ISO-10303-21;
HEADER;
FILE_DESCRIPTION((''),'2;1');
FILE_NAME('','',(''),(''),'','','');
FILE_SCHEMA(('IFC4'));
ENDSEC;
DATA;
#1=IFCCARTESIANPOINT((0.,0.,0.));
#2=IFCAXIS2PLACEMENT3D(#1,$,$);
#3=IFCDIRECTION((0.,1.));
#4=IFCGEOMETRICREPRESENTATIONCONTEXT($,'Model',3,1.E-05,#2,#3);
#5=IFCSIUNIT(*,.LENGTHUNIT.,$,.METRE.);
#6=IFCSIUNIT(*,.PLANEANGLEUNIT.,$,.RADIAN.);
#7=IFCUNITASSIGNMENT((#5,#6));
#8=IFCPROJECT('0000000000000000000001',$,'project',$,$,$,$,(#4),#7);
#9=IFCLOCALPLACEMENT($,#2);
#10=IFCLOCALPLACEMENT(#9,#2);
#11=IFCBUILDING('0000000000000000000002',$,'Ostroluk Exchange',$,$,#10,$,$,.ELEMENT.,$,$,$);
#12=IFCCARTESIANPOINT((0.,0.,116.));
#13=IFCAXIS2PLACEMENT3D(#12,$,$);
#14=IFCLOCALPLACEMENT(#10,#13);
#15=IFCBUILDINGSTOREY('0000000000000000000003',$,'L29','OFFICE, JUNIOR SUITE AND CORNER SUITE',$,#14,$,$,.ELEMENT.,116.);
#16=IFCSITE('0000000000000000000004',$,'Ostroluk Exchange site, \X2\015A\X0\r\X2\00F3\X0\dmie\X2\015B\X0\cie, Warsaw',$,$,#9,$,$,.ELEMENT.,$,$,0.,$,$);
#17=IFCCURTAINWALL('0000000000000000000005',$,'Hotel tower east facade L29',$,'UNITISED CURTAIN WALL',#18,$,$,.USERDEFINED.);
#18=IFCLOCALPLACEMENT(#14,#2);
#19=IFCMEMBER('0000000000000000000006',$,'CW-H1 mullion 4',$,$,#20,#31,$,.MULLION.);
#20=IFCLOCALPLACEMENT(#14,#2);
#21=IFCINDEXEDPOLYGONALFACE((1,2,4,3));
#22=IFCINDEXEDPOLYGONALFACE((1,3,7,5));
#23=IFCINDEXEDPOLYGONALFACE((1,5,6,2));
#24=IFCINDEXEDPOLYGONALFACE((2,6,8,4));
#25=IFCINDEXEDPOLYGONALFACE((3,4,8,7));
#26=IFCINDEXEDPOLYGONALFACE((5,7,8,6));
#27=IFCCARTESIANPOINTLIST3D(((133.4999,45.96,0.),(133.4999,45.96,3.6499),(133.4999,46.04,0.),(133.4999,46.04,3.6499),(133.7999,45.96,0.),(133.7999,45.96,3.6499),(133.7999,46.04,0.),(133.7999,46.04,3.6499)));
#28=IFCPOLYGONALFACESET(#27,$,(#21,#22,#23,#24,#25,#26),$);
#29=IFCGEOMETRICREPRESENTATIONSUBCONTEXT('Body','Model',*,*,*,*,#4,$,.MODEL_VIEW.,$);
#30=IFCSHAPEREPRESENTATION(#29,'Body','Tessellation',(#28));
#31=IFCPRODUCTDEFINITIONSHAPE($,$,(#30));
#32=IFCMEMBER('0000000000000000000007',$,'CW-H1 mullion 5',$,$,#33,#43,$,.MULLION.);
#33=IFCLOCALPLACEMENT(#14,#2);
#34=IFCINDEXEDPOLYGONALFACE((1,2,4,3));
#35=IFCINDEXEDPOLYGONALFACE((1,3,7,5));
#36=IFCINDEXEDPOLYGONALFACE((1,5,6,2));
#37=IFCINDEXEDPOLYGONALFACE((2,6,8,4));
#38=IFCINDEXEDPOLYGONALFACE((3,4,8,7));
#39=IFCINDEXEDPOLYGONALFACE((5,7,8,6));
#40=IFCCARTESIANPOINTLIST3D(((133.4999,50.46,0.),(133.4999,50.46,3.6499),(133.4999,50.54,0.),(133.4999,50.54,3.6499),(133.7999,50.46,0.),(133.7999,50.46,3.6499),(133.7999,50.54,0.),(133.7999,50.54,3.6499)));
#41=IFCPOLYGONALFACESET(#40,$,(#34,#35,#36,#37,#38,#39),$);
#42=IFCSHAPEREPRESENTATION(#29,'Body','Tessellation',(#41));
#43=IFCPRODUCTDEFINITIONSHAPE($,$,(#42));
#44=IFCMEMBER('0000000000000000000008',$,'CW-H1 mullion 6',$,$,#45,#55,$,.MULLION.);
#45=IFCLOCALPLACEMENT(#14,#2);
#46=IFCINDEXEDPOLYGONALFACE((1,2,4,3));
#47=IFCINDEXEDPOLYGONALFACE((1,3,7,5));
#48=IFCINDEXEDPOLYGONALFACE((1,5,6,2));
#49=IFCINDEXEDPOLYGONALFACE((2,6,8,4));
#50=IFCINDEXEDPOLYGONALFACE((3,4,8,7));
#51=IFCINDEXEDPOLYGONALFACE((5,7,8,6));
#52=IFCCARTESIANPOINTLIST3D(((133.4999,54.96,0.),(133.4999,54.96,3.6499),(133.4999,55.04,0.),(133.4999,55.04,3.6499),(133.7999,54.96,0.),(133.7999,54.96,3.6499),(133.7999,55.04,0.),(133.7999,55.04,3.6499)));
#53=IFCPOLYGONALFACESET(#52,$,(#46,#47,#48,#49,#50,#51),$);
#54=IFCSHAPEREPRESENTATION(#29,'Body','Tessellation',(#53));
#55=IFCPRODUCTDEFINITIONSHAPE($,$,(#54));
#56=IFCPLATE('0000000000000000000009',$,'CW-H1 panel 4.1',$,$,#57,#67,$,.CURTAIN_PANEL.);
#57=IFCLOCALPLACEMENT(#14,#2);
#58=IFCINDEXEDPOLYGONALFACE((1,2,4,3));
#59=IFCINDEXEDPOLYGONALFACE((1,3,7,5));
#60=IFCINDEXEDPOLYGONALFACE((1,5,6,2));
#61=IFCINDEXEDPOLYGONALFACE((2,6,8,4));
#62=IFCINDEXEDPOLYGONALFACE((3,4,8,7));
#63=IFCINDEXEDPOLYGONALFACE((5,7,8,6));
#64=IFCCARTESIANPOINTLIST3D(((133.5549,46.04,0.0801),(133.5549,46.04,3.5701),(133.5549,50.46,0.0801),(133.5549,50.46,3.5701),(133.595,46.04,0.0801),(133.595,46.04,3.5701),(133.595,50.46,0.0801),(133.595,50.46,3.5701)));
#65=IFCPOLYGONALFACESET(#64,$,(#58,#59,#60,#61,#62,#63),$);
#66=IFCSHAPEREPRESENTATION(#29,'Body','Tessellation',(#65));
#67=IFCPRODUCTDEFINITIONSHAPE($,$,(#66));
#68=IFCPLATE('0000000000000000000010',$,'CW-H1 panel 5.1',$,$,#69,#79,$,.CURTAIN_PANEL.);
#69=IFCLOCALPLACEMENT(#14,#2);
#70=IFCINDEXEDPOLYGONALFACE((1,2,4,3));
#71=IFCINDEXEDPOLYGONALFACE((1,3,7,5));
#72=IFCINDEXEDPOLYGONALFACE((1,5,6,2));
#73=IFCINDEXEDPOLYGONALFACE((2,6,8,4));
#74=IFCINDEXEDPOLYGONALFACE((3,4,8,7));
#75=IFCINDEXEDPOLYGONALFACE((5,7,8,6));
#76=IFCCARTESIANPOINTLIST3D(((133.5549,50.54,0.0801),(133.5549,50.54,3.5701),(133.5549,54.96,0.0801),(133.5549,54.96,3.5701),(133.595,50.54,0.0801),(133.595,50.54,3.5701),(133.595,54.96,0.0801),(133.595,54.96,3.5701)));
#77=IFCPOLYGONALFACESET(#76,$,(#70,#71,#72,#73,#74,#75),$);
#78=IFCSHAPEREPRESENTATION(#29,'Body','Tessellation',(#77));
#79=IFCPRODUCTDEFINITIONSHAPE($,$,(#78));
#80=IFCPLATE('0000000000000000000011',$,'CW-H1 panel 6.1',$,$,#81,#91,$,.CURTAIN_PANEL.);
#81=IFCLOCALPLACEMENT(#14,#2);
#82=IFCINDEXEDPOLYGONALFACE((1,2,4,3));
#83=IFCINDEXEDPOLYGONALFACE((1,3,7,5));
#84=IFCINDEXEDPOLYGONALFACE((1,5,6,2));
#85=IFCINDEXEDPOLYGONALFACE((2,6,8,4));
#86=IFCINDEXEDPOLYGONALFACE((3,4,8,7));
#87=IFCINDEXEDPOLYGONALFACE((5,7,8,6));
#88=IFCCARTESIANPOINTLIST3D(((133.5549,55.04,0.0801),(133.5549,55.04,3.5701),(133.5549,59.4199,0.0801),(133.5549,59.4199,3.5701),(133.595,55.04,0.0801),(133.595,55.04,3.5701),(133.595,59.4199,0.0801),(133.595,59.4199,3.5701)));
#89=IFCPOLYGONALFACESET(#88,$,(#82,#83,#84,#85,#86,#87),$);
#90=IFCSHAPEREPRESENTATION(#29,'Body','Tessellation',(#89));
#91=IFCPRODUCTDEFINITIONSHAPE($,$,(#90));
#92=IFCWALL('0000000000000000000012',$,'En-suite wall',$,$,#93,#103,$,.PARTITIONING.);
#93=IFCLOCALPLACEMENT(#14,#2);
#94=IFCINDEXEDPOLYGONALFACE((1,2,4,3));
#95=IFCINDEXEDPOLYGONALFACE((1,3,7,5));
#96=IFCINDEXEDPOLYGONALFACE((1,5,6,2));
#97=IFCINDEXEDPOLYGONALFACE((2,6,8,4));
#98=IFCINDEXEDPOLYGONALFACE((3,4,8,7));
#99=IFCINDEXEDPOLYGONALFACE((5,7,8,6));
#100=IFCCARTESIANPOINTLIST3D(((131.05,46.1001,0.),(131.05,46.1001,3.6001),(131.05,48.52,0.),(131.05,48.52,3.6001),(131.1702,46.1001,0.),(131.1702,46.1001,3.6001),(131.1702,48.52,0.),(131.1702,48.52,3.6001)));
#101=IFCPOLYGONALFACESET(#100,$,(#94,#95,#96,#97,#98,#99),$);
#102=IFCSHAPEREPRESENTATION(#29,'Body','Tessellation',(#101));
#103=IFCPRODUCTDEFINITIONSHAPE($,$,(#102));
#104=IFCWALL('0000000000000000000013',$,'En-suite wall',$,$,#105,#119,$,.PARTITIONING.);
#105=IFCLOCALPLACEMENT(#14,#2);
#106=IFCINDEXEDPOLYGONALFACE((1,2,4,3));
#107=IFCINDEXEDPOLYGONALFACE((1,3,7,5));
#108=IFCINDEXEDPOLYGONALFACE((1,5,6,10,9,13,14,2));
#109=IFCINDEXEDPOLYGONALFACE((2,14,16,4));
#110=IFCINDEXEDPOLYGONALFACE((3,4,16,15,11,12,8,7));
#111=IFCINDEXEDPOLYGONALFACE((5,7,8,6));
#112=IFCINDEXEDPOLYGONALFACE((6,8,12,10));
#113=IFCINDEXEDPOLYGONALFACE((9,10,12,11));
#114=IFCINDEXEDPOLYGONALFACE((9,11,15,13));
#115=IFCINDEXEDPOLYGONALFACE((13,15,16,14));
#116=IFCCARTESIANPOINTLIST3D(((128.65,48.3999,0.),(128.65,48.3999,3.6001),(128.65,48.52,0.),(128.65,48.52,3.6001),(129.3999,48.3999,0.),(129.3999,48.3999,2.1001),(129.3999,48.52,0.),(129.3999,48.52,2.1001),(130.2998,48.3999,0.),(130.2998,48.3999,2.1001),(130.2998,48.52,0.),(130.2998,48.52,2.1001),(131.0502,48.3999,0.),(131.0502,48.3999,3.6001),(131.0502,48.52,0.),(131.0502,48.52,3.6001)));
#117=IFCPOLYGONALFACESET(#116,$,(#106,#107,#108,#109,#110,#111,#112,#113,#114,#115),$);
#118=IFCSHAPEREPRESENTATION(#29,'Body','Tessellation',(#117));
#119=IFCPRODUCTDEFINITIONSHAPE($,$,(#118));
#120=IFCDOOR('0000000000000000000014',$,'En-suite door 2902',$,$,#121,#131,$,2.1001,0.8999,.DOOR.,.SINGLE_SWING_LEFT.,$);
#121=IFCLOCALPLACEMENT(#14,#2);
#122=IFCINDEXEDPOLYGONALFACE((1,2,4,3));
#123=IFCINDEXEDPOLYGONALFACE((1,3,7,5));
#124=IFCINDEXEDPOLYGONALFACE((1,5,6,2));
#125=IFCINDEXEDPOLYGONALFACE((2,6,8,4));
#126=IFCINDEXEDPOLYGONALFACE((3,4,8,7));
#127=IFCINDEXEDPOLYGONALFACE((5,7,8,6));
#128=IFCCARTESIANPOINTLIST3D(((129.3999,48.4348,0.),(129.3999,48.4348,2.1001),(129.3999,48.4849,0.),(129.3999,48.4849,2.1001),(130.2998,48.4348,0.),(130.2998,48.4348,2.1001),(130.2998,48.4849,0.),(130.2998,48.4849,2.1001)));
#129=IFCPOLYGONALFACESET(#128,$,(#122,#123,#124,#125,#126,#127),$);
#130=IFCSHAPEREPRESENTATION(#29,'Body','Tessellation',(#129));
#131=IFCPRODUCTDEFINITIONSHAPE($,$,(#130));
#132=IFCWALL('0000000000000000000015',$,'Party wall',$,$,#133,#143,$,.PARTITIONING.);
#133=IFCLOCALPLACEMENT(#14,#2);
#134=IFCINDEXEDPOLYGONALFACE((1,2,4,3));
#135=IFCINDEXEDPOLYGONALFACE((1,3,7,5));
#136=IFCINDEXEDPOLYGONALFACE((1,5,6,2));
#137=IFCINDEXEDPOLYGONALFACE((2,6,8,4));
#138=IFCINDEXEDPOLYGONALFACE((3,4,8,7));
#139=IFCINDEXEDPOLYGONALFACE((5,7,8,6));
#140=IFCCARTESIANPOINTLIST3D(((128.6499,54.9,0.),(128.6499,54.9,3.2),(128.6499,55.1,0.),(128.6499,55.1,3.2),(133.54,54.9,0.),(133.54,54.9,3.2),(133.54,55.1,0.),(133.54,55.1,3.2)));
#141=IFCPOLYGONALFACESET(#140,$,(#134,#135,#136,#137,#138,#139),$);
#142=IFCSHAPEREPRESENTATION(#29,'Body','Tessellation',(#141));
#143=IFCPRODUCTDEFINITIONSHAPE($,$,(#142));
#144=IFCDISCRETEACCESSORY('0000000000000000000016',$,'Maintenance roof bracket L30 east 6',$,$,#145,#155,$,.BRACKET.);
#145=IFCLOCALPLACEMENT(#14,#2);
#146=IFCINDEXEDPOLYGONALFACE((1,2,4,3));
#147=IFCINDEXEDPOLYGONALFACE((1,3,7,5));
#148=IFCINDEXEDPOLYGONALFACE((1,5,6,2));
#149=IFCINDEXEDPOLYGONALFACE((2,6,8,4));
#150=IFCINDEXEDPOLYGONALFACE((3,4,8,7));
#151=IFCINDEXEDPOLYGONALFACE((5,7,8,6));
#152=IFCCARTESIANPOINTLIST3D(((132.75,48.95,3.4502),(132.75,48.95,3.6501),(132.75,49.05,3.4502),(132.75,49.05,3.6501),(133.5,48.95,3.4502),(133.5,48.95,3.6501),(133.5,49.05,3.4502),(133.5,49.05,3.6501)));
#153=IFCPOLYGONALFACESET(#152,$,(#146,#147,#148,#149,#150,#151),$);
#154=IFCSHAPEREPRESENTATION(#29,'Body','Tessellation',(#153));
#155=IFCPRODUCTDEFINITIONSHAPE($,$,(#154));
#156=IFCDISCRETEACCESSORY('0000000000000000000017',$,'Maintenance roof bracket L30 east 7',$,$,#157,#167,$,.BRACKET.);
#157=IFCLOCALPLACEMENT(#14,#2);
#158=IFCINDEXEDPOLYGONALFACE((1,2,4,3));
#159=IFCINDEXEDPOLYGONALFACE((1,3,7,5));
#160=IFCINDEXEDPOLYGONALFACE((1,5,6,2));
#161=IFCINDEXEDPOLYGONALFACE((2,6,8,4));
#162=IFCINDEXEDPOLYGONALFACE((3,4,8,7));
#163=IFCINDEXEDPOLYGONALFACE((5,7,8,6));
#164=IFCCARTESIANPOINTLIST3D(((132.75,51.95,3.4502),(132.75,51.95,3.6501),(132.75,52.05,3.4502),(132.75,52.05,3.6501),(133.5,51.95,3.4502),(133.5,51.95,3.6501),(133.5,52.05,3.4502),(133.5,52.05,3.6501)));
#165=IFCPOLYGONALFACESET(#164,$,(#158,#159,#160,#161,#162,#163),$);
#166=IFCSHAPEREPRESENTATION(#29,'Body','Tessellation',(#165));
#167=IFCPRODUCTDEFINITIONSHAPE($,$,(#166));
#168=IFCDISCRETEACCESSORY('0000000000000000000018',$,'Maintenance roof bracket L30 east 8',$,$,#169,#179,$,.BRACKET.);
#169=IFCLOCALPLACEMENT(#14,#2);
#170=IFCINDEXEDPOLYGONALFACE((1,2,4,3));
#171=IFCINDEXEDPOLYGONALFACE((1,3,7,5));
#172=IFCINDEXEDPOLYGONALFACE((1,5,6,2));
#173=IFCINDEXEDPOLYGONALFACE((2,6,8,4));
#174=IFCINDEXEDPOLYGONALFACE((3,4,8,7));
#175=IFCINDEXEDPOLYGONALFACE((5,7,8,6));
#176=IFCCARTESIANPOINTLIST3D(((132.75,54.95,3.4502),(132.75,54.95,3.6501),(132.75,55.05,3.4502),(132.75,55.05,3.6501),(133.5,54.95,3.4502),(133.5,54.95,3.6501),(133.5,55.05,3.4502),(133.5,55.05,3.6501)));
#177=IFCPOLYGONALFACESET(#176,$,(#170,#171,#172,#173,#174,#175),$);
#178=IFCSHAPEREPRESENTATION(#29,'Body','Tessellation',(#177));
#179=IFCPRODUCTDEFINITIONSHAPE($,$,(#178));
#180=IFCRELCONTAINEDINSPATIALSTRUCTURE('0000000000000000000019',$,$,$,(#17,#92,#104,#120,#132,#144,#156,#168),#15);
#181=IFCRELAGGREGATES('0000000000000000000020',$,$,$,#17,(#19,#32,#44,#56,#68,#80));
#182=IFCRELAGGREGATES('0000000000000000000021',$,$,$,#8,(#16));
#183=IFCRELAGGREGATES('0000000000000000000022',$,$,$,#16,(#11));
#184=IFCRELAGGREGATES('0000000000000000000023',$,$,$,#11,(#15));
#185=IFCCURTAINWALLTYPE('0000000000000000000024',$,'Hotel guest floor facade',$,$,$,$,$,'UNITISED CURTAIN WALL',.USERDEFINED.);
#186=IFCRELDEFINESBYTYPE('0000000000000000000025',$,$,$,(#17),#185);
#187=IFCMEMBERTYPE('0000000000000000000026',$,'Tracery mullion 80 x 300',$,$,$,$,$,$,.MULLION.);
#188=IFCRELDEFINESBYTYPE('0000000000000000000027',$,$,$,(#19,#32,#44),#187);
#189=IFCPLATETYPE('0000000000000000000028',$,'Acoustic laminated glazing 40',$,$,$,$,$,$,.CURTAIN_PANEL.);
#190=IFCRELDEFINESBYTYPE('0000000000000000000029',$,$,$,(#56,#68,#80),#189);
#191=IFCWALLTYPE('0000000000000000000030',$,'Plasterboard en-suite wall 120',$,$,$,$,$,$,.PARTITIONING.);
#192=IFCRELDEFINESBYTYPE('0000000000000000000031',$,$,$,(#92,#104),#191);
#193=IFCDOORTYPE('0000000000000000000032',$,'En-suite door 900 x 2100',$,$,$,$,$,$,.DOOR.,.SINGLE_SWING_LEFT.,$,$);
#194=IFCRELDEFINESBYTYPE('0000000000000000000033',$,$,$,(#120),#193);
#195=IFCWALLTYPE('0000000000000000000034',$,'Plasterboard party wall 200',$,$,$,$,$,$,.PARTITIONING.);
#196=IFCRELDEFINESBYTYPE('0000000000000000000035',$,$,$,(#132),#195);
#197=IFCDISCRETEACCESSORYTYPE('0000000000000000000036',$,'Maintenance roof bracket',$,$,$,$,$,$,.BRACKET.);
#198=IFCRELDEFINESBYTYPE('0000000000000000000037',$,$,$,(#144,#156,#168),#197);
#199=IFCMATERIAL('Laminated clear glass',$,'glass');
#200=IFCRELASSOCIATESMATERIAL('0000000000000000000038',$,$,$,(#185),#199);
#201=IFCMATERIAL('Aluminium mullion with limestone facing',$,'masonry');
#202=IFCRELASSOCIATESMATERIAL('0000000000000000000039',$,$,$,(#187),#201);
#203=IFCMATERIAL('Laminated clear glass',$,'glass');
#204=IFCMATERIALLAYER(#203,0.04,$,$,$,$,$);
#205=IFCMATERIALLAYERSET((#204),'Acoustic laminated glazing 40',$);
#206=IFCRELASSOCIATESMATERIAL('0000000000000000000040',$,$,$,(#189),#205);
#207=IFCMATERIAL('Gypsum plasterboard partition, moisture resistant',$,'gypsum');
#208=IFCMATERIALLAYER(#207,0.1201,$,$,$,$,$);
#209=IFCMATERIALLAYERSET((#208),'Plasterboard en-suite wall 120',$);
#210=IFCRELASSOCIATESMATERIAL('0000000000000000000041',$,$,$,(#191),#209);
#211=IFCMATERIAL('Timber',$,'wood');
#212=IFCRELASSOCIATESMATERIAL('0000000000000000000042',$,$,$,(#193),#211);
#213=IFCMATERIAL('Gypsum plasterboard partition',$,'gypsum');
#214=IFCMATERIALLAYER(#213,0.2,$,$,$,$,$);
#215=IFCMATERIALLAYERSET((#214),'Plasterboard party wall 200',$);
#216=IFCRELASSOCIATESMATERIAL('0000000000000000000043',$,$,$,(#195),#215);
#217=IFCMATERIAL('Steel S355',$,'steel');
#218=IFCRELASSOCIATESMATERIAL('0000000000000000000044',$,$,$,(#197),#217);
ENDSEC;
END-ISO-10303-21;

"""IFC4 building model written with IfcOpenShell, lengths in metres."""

from ifc_helpers import new_model, si_unit, direction, frame, frame_2d, origin, origin_2d, place, context, subcontext, project, spatial, rectangle, extrude, material, layer, layer_set, material_profile, profile_set, type_object, element, fill, aggregate, save


model = new_model("IFC4")

# Units and contexts
model_context = context("Model", 3, precision=1e-05, world=origin(), true_north=direction((0.0, 1.0)))
body_context = subcontext(model_context, "Body", "Model", "MODEL_VIEW")
ifc_project = project(units=[si_unit("LENGTHUNIT", "METRE"), si_unit("PLANEANGLEUNIT", "RADIAN")], contexts=[model_context])

# Site, building, storey
site_placement = place(None, origin())
site = spatial("IfcSite", under=ifc_project, at=site_placement, Name="Ostroluk Exchange site, Śródmieście, Warsaw", CompositionType="ELEMENT", RefElevation=0.0)
building_placement = place(site_placement, origin())
building = spatial("IfcBuilding", under=site, at=building_placement, Name="Ostroluk Exchange", CompositionType="ELEMENT")
storey_placement = place(building_placement, frame((0.0, 0.0, 116.0)))
storey = spatial("IfcBuildingStorey", under=building, at=storey_placement, Name="L29", Description="OFFICE, JUNIOR SUITE AND CORNER SUITE", CompositionType="ELEMENT", Elevation=116.0)

# Curtain wall, members, plates
ifc_material_1 = material(Name="Laminated clear glass", Category="glass")
curtain_wall_type = type_object("IfcCurtainWallType", Name="Hotel guest floor facade", ElementType="UNITISED CURTAIN WALL", PredefinedType="USERDEFINED", material=ifc_material_1)
curtain_wall_placement = place(storey_placement, origin())
curtain_wall = element("IfcCurtainWall", 1, at=curtain_wall_placement, inside=storey, type_object=curtain_wall_type, Name="Hotel tower east facade L29", ObjectType="UNITISED CURTAIN WALL", PredefinedType="USERDEFINED")
ifc_material_2 = material(Name="Aluminium mullion with limestone facing", Category="masonry")
ifc_material_profile_1 = material_profile(ifc_material_2, rectangle(XDim=0.3, YDim=0.0801, at=origin_2d()), Name="Tracery mullion 80 x 300")
ifc_profile_set_1 = profile_set([ifc_material_profile_1], Name="Aluminium mullion with limestone facing")
member_type_1 = type_object("IfcMemberType", Name="Tracery mullion 80 x 300", PredefinedType="MULLION", material=ifc_profile_set_1)
member_1_placement = place(storey_placement, frame((133.6499, 46.0, 0.0), z_axis=(0.0, 0.0, 1.0), x_axis=(-1.0, 0.0, 0.0)))
member_1 = element("IfcMember", 2, at=member_1_placement, type_object=member_type_1, Name="CW-H1 mullion 4", PredefinedType="MULLION", context=body_context, shape_type="SweptSolid", body=[
    extrude(rectangle(XDim=0.3, YDim=0.0801, at=origin_2d()), origin(), (0.0, 0.0, 1.0), 3.6499),
])
member_2_placement = place(storey_placement, frame((133.6499, 50.5, 0.0), z_axis=(0.0, 0.0, 1.0), x_axis=(-1.0, 0.0, 0.0)))
member_2 = element("IfcMember", 3, at=member_2_placement, type_object=member_type_1, Name="CW-H1 mullion 5", PredefinedType="MULLION", context=body_context, shape_type="SweptSolid", body=[
    extrude(rectangle(XDim=0.3, YDim=0.0801, at=origin_2d()), origin(), (0.0, 0.0, 1.0), 3.6499),
])
member_3_placement = place(storey_placement, frame((133.6499, 55.0, 0.0), z_axis=(0.0, 0.0, 1.0), x_axis=(-1.0, 0.0, 0.0)))
member_3 = element("IfcMember", 4, at=member_3_placement, type_object=member_type_1, Name="CW-H1 mullion 6", PredefinedType="MULLION", context=body_context, shape_type="SweptSolid", body=[
    extrude(rectangle(XDim=0.3, YDim=0.0801, at=origin_2d()), origin(), (0.0, 0.0, 1.0), 3.6499),
])
ifc_material_3 = material(Name="Laminated clear glass", Category="glass")
ifc_layer_1 = layer(ifc_material_3, 0.04)
ifc_layer_set_1 = layer_set([ifc_layer_1], Name="Acoustic laminated glazing 40")
plate_type = type_object("IfcPlateType", Name="Acoustic laminated glazing 40", PredefinedType="CURTAIN_PANEL", material=ifc_layer_set_1)
plate_1_placement = place(storey_placement, frame((133.575, 48.25, 0.0801), z_axis=(0.0, 0.0, 1.0), x_axis=(0.0, 1.0, 0.0)))
plate_1 = element("IfcPlate", 5, at=plate_1_placement, type_object=plate_type, Name="CW-H1 panel 4.1", PredefinedType="CURTAIN_PANEL", context=body_context, shape_type="SweptSolid", body=[
    extrude(rectangle(XDim=4.4199, YDim=0.04, at=origin_2d()), origin(), (0.0, 0.0, 1.0), 3.49),
])
plate_2_placement = place(storey_placement, frame((133.575, 52.75, 0.0801), z_axis=(0.0, 0.0, 1.0), x_axis=(0.0, 1.0, 0.0)))
plate_2 = element("IfcPlate", 6, at=plate_2_placement, type_object=plate_type, Name="CW-H1 panel 5.1", PredefinedType="CURTAIN_PANEL", context=body_context, shape_type="SweptSolid", body=[
    extrude(rectangle(XDim=4.4199, YDim=0.04, at=origin_2d()), origin(), (0.0, 0.0, 1.0), 3.49),
])
plate_3_placement = place(storey_placement, frame((133.575, 57.23, 0.0801), z_axis=(0.0, 0.0, 1.0), x_axis=(0.0, 1.0, 0.0)))
plate_3 = element("IfcPlate", 7, at=plate_3_placement, type_object=plate_type, Name="CW-H1 panel 6.1", PredefinedType="CURTAIN_PANEL", context=body_context, shape_type="SweptSolid", body=[
    extrude(rectangle(XDim=4.3799, YDim=0.04, at=origin_2d()), origin(), (0.0, 0.0, 1.0), 3.49),
])
aggregate(curtain_wall, [member_1, member_2, member_3, plate_1, plate_2, plate_3])

# Wall
ifc_material_4 = material(Name="Gypsum plasterboard partition, moisture resistant", Category="gypsum")
ifc_layer_2 = layer(ifc_material_4, 0.1201)
ifc_layer_set_2 = layer_set([ifc_layer_2], Name="Plasterboard en-suite wall 120")
wall_type_1 = type_object("IfcWallType", Name="Plasterboard en-suite wall 120", PredefinedType="PARTITIONING", material=ifc_layer_set_2)
wall_1_placement = place(storey_placement, frame((131.1101, 46.1001, 0.0), z_axis=(0.0, 0.0, 1.0), x_axis=(0.0, 1.0, 0.0)))
element("IfcWall", 8, at=wall_1_placement, inside=storey, type_object=wall_type_1, Name="En-suite wall", PredefinedType="PARTITIONING", context=body_context, shape_type="SweptSolid", body=[
    extrude(rectangle(XDim=2.4199, YDim=0.1201, at=frame_2d((1.21, 0.0))), origin(), (0.0, 0.0, 1.0), 3.6001),
])

# Wall, opening, door
wall_2_placement = place(storey_placement, frame((128.6499, 48.46, 0.0), z_axis=(0.0, 0.0, 1.0), x_axis=(1.0, 0.0, 0.0)))
wall_2 = element("IfcWall", 9, at=wall_2_placement, inside=storey, type_object=wall_type_1, Name="En-suite wall", PredefinedType="PARTITIONING", context=body_context, shape_type="SweptSolid", body=[
    extrude(rectangle(XDim=2.4001, YDim=0.1201, at=frame_2d((1.2002, 0.0))), origin(), (0.0, 0.0, 1.0), 3.6001),
])
opening_placement = place(wall_2_placement, frame((0.75, 0.0, 0.0)))
opening = element("IfcOpeningElement", 10, at=opening_placement, cuts=wall_2, PredefinedType="OPENING", context=body_context, shape_type="SweptSolid", body=[
    extrude(rectangle(XDim=0.8999, YDim=2.1001, at=frame_2d((0.45, 1.05))), frame((0.0, 0.0701, 0.0), z_axis=(0.0, -1.0, 0.0), x_axis=(1.0, 0.0, 0.0)), (0.0, 0.0, 1.0), 0.1401),
])
ifc_material_5 = material(Name="Timber", Category="wood")
door_type = type_object("IfcDoorType", Name="En-suite door 900 x 2100", OperationType="SINGLE_SWING_LEFT", PredefinedType="DOOR", material=ifc_material_5)
door_placement = place(opening_placement, origin())
door = element("IfcDoor", 11, at=door_placement, inside=storey, type_object=door_type, Name="En-suite door 2902", OperationType="SINGLE_SWING_LEFT", OverallHeight=2.1001, OverallWidth=0.8999, PredefinedType="DOOR", context=body_context, shape_type="SweptSolid", body=[
    extrude(rectangle(XDim=0.8999, YDim=2.1001, at=frame_2d((0.45, 1.05))), frame((0.0, 0.0249, 0.0), z_axis=(0.0, -1.0, 0.0), x_axis=(1.0, 0.0, 0.0)), (0.0, 0.0, 1.0), 0.05),
])
fill(opening, door)

# Wall
ifc_material_6 = material(Name="Gypsum plasterboard partition", Category="gypsum")
ifc_layer_3 = layer(ifc_material_6, 0.2)
ifc_layer_set_3 = layer_set([ifc_layer_3], Name="Plasterboard party wall 200")
wall_type_2 = type_object("IfcWallType", Name="Plasterboard party wall 200", PredefinedType="PARTITIONING", material=ifc_layer_set_3)
wall_3_placement = place(storey_placement, frame((128.6499, 55.0, 0.0), z_axis=(0.0, 0.0, 1.0), x_axis=(1.0, 0.0, 0.0)))
element("IfcWall", 12, at=wall_3_placement, inside=storey, type_object=wall_type_2, Name="Party wall", PredefinedType="PARTITIONING", context=body_context, shape_type="SweptSolid", body=[
    extrude(rectangle(XDim=4.8901, YDim=0.2, at=frame_2d((2.4451, 0.0))), origin(), (0.0, 0.0, 1.0), 3.2),
])

# Discrete accessories
ifc_material_7 = material(Name="Steel S355", Category="steel")
discrete_accessory_type = type_object("IfcDiscreteAccessoryType", Name="Maintenance roof bracket", PredefinedType="BRACKET", material=ifc_material_7)
for number, where, z_axis, x_axis, name in (
    (13, (133.125, 49.0, 3.4502), (0.0, 0.0, 1.0), (1.0, 0.0, 0.0), "Maintenance roof bracket L30 east 6"),
    (14, (133.125, 52.0, 3.4502), (0.0, 0.0, 1.0), (1.0, 0.0, 0.0), "Maintenance roof bracket L30 east 7"),
    (15, (133.125, 55.0, 3.4502), (0.0, 0.0, 1.0), (1.0, 0.0, 0.0), "Maintenance roof bracket L30 east 8"),
):
    element("IfcDiscreteAccessory", number, at=place(storey_placement, frame(where, z_axis=z_axis, x_axis=x_axis)), inside=storey, type_object=discrete_accessory_type, Name=name, PredefinedType="BRACKET", context=body_context, shape_type="SweptSolid", body=[
        extrude(rectangle(XDim=0.75, YDim=0.1001, at=origin_2d()), origin(), (0.0, 0.0, 1.0), 0.2),
    ])

save(model, "model.ifc")
